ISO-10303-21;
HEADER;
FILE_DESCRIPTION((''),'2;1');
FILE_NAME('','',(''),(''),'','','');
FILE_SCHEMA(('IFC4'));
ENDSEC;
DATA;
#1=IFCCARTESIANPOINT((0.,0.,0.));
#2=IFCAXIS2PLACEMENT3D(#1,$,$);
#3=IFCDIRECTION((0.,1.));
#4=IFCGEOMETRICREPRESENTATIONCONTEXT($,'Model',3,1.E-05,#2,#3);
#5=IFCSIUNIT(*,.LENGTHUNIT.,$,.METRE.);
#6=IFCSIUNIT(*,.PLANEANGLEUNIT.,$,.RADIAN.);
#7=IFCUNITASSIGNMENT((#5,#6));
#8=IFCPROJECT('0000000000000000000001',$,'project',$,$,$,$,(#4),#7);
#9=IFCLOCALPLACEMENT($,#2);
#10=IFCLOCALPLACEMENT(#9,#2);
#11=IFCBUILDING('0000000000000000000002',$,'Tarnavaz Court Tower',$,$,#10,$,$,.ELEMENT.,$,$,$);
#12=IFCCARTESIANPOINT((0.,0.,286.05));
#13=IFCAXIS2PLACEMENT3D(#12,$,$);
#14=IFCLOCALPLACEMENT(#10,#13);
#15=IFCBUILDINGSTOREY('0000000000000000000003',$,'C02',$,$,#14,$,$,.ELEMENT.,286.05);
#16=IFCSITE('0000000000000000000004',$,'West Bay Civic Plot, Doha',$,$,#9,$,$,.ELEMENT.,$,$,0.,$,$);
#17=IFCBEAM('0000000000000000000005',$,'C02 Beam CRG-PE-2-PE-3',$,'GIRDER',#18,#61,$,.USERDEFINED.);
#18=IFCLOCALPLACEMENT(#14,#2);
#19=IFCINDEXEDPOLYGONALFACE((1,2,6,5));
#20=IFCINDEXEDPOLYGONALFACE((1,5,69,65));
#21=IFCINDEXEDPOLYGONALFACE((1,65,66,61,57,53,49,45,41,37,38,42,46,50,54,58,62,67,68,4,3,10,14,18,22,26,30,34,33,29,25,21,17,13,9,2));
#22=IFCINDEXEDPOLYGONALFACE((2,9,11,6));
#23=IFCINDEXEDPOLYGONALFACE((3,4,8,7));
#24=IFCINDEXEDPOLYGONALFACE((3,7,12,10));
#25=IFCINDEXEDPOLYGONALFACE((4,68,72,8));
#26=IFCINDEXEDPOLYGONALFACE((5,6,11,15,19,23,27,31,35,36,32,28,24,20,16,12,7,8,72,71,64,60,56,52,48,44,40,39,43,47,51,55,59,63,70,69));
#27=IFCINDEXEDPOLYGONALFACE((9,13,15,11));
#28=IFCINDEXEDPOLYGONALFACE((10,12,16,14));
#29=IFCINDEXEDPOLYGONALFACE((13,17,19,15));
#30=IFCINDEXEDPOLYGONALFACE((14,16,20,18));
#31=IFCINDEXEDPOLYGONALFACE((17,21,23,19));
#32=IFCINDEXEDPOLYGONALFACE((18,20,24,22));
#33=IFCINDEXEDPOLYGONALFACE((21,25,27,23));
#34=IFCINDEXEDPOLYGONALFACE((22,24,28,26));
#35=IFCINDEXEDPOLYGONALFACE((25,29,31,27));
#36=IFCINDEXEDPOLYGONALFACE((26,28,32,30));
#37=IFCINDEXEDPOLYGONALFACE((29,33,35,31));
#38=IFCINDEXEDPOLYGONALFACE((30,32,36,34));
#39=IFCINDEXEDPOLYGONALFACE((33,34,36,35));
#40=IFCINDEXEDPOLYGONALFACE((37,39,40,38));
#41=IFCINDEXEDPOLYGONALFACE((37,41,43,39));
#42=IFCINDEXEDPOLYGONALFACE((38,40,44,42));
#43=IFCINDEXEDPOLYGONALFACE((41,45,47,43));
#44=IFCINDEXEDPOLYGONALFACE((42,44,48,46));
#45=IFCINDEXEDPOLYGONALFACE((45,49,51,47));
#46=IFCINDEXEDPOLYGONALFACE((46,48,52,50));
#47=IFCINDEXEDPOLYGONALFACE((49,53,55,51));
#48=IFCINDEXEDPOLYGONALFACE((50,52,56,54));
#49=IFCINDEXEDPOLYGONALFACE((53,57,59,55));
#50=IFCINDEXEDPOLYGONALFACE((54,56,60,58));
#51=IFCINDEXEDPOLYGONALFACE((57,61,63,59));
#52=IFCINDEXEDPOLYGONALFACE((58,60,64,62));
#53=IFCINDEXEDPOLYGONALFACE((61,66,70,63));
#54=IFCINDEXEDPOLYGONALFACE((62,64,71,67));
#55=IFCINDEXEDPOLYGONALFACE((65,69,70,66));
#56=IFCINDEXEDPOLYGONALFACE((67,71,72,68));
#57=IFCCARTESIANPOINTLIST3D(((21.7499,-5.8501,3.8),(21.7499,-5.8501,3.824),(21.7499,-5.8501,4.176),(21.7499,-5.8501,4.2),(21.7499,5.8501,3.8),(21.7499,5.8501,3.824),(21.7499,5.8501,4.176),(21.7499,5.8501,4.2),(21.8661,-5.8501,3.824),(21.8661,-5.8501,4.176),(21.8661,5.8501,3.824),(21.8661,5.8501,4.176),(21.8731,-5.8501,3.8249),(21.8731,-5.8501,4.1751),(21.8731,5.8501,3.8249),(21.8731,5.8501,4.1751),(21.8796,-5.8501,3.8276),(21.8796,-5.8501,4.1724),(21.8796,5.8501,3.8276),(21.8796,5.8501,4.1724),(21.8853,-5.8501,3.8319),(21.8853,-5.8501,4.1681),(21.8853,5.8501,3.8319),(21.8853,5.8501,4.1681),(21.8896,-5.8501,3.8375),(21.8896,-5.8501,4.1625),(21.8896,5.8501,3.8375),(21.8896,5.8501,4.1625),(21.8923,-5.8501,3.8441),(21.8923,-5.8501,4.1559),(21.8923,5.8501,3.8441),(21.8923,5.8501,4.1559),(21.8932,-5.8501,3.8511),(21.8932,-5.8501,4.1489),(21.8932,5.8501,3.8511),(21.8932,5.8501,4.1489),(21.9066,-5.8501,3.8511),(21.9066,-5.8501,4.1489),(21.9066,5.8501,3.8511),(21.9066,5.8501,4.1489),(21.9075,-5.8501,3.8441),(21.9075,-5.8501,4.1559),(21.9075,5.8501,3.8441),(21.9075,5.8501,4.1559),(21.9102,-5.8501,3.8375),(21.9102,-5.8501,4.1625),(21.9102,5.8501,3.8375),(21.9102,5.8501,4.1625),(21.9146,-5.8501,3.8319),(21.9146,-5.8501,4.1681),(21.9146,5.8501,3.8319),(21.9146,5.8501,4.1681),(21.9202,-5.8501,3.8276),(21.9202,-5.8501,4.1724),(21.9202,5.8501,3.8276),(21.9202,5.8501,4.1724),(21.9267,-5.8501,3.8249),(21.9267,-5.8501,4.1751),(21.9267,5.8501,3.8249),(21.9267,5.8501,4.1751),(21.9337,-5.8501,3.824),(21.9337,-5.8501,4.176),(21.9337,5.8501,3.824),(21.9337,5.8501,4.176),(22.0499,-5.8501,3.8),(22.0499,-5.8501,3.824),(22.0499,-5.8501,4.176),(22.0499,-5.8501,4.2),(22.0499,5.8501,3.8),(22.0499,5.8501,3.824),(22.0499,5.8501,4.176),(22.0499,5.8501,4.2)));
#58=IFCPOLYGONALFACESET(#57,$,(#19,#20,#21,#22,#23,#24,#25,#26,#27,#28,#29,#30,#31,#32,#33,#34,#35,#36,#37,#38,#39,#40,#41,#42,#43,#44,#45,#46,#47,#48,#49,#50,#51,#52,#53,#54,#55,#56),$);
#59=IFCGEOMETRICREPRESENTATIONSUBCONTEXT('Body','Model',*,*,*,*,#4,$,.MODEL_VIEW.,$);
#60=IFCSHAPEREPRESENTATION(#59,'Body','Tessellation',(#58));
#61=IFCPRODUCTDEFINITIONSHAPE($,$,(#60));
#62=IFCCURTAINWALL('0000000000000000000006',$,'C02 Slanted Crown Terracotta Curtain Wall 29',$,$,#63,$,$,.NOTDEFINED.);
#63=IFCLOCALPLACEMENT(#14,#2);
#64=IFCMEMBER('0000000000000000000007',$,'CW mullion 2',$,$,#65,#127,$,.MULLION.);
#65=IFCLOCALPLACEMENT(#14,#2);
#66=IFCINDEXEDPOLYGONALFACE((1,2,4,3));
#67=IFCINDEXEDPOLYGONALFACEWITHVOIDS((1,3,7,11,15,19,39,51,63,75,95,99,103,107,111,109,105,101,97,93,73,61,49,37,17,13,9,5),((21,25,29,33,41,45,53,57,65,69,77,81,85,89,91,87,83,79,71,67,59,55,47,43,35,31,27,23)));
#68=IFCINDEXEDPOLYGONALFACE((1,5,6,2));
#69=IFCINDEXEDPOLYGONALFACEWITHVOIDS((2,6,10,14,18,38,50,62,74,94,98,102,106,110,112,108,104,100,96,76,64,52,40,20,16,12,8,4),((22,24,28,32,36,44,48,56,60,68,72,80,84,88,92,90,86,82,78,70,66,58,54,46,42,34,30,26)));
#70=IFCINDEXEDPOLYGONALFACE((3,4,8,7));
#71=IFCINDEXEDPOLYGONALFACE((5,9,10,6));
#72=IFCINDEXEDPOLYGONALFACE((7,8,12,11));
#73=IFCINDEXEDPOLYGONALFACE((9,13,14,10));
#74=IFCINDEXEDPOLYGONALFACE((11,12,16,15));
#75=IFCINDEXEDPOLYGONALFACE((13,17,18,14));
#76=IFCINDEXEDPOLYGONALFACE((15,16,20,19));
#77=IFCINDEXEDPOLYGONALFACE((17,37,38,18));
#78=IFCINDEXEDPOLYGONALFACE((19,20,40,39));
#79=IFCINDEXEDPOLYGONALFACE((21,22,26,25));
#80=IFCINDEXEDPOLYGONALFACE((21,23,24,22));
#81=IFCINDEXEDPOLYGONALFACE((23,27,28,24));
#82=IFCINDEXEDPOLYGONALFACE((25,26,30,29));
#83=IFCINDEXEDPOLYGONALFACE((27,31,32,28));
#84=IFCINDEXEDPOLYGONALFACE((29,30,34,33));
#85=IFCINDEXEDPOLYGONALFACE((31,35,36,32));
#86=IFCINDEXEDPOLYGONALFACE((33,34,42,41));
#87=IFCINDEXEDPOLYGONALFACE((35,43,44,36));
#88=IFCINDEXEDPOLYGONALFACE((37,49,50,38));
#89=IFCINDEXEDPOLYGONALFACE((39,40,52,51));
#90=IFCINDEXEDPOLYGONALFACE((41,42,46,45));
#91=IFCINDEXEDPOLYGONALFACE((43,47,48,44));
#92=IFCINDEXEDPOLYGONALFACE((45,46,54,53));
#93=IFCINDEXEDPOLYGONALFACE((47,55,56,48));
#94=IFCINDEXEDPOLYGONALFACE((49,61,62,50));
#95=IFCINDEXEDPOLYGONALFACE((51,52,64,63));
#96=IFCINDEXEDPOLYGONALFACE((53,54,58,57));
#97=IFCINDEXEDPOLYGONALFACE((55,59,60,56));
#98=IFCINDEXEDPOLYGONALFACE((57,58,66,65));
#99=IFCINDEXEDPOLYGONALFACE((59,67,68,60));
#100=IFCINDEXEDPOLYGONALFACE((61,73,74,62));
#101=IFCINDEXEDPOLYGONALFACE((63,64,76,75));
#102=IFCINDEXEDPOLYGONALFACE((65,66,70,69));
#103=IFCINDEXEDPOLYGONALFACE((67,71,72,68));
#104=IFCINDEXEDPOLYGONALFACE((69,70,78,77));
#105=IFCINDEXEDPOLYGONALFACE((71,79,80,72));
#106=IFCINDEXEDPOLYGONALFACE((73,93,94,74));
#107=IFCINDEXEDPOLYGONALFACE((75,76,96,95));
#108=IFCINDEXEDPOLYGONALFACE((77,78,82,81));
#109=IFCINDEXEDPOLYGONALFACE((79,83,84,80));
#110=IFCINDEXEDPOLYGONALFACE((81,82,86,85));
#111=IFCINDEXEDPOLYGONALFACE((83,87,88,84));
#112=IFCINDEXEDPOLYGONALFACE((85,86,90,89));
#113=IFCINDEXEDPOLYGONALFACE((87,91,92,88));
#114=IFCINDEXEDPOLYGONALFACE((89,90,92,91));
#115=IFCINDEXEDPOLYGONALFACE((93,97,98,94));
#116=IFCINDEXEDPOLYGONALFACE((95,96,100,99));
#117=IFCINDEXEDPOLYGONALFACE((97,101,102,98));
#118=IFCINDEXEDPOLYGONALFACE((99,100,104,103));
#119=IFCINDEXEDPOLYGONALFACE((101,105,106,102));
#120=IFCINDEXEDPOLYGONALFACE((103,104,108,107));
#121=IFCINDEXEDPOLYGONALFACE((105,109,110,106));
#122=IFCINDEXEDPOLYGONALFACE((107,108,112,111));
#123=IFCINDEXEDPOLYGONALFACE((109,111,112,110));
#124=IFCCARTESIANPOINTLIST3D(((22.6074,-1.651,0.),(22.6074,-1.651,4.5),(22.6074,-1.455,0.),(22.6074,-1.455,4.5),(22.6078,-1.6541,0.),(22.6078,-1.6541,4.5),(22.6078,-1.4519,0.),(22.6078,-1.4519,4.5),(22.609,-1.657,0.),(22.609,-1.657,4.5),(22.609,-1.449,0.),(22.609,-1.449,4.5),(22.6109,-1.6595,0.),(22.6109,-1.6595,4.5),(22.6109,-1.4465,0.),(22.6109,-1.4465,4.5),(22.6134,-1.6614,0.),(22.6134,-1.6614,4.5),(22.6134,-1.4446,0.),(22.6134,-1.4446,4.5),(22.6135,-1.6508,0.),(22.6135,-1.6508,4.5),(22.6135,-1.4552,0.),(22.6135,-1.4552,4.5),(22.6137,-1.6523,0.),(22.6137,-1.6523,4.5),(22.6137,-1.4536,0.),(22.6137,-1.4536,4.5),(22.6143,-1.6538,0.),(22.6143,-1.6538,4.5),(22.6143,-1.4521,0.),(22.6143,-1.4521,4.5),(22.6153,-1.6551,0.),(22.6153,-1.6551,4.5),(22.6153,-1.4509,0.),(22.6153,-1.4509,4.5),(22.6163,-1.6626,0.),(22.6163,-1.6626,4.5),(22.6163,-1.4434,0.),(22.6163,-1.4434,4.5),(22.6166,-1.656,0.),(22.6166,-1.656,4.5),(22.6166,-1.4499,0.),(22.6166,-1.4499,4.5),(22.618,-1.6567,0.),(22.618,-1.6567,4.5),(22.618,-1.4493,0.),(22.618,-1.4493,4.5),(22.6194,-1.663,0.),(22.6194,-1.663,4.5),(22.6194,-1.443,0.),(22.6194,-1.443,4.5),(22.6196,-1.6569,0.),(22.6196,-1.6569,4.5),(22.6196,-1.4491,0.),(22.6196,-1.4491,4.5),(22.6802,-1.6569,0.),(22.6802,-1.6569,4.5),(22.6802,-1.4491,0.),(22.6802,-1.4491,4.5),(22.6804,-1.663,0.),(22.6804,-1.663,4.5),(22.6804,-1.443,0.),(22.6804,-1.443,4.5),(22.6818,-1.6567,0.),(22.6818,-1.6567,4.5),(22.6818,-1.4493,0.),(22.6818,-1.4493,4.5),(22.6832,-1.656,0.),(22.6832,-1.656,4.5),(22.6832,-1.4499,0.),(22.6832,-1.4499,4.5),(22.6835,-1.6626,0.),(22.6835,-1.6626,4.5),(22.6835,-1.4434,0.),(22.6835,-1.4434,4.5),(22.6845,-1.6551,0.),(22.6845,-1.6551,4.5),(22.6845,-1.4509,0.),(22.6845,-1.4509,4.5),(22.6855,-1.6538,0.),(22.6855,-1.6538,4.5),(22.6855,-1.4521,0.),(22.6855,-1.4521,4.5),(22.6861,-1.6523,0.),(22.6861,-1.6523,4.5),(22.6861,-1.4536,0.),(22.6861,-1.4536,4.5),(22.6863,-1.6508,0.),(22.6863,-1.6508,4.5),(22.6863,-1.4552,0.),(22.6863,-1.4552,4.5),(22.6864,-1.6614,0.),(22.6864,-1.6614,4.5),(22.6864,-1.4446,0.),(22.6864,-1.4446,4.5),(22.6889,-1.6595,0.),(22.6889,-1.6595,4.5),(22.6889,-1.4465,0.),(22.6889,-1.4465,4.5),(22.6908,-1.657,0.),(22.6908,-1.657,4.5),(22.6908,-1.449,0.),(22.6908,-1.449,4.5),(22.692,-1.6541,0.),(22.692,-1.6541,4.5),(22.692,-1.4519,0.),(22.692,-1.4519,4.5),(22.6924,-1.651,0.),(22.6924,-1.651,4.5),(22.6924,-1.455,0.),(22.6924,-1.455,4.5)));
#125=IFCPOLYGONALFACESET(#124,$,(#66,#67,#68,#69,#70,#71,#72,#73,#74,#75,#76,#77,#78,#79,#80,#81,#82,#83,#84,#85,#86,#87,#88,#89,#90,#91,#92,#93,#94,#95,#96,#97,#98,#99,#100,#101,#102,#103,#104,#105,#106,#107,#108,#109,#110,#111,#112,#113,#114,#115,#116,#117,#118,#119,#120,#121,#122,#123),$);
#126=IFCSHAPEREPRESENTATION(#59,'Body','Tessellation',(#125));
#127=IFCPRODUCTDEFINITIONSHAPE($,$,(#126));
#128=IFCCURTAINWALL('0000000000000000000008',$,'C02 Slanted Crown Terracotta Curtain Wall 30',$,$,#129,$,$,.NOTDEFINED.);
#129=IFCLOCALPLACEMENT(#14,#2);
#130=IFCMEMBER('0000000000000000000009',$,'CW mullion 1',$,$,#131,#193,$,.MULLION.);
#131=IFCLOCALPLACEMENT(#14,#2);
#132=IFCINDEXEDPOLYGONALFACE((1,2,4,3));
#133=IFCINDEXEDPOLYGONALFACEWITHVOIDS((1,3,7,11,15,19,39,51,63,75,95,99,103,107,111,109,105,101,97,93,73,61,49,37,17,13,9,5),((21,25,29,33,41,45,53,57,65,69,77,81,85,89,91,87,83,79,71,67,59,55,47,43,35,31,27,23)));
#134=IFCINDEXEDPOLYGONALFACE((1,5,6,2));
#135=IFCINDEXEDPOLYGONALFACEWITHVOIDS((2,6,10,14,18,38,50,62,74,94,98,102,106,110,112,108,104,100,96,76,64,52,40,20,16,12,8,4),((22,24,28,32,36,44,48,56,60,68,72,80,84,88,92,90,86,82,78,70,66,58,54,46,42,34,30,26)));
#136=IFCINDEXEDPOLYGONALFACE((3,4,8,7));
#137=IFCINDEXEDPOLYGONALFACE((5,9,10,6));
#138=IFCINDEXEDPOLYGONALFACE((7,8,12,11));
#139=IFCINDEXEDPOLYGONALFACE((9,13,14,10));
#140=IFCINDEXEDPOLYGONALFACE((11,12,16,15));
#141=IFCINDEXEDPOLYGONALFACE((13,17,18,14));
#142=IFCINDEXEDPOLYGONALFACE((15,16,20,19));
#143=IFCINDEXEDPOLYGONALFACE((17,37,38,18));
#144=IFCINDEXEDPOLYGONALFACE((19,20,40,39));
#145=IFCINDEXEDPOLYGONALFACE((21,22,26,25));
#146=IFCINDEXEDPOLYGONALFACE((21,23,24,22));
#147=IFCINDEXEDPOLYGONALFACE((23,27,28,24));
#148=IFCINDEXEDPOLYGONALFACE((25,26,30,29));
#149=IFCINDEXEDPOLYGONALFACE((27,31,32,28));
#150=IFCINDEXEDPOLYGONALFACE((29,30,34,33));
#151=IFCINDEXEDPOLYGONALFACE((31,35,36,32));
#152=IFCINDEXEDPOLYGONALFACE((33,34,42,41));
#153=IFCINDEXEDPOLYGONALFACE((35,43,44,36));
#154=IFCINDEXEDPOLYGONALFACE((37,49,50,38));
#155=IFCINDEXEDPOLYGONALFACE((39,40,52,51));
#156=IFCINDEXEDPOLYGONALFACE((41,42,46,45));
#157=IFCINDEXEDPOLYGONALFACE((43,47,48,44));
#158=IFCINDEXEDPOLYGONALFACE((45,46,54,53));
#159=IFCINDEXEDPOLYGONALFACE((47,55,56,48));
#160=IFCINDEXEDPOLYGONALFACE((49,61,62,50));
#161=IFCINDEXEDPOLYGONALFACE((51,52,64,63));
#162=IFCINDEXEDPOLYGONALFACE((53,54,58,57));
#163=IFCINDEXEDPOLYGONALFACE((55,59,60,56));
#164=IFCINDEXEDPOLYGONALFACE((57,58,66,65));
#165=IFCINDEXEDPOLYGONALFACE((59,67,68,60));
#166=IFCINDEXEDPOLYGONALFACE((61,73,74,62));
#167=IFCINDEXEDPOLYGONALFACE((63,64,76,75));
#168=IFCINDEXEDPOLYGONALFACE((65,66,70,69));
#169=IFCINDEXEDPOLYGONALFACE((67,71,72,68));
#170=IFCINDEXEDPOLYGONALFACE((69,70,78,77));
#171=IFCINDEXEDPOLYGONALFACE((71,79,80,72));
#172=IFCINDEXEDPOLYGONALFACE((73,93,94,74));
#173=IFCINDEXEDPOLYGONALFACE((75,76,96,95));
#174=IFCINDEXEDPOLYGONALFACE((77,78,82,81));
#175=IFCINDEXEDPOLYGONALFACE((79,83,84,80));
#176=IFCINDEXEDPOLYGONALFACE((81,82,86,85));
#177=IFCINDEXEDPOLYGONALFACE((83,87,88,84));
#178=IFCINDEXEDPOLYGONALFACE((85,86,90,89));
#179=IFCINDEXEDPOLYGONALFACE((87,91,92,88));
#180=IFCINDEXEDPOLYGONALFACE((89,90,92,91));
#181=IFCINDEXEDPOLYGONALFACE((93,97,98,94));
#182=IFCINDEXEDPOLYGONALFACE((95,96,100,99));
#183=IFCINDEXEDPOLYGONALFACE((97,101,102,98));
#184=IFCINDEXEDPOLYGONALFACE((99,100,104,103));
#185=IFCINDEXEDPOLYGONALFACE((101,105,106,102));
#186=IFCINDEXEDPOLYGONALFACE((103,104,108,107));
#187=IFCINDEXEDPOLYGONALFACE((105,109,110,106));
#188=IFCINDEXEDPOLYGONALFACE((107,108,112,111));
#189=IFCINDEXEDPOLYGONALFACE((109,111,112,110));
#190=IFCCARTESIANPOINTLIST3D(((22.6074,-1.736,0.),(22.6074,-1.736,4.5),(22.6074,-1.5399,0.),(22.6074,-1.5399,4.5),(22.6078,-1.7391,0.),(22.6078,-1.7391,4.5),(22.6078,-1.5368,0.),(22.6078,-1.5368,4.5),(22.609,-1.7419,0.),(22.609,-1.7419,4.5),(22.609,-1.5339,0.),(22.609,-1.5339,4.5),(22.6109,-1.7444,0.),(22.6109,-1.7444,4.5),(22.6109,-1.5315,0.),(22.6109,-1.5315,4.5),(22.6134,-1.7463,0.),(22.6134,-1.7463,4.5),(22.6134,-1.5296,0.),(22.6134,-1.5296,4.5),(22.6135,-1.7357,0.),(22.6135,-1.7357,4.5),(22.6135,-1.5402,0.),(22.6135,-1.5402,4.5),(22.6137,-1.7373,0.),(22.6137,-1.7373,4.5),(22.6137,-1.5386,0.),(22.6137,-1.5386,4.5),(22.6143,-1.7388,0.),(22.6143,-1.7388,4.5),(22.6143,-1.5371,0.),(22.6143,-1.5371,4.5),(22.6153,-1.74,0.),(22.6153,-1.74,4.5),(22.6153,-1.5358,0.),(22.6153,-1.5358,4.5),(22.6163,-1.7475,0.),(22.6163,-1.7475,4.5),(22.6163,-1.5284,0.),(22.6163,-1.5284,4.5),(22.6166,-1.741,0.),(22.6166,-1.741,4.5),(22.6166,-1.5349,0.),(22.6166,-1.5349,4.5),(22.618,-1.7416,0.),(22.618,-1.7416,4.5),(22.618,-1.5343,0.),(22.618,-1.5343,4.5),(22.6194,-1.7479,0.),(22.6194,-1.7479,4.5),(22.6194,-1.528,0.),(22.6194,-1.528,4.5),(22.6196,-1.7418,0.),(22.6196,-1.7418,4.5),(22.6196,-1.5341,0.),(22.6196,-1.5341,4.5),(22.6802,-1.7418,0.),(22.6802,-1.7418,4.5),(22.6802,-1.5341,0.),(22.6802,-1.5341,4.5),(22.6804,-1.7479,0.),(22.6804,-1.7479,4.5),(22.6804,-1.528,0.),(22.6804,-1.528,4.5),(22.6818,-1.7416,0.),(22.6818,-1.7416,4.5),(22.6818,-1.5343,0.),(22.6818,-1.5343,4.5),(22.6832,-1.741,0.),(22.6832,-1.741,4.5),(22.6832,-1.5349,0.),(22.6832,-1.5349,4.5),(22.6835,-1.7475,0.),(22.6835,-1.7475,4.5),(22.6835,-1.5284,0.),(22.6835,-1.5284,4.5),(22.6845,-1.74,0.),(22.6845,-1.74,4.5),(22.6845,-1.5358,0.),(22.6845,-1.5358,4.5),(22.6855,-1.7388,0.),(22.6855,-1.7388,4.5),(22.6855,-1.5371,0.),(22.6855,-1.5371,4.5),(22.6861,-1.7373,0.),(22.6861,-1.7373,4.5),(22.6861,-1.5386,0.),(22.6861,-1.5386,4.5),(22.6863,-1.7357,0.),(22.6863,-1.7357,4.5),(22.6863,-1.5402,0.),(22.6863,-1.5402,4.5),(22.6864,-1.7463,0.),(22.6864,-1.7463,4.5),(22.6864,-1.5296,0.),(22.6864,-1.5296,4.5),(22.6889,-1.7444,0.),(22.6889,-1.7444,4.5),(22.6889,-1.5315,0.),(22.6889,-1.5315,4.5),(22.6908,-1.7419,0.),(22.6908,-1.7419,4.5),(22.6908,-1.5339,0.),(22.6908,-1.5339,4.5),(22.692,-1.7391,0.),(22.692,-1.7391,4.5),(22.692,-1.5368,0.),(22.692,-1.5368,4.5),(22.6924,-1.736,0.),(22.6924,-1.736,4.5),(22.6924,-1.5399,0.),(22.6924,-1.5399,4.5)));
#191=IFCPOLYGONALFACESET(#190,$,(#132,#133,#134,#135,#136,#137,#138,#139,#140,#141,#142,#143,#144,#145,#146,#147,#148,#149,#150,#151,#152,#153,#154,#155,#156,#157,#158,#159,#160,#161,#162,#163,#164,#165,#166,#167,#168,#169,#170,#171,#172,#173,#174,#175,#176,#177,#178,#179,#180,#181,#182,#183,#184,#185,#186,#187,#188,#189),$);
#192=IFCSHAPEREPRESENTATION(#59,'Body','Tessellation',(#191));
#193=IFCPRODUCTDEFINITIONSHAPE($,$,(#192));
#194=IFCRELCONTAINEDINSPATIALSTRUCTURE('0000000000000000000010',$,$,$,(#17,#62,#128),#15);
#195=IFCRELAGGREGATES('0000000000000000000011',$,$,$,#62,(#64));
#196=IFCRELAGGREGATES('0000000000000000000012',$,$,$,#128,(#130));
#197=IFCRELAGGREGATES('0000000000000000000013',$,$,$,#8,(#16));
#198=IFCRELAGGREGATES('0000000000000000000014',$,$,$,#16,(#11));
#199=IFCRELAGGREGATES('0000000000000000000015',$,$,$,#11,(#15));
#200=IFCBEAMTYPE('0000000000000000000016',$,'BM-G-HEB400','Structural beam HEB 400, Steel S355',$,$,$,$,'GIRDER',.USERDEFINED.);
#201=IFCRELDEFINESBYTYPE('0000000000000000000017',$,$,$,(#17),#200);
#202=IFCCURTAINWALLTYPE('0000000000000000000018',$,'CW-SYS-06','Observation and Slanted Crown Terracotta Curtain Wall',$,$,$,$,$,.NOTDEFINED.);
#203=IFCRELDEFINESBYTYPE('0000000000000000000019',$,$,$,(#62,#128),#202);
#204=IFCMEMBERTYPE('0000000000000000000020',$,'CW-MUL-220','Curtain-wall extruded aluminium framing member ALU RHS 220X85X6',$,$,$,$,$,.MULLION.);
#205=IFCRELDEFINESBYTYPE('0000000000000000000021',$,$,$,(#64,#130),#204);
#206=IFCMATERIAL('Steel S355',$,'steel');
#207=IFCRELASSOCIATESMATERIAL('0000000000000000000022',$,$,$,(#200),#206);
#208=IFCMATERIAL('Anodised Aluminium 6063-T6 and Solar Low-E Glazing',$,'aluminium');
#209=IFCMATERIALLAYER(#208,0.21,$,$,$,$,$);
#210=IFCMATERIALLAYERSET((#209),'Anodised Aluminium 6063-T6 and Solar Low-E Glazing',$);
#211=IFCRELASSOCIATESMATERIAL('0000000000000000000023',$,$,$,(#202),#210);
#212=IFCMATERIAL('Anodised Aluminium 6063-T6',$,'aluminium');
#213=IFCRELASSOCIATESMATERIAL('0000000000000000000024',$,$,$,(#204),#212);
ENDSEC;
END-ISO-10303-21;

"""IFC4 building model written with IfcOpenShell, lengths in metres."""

from ifc_helpers import new_model, si_unit, direction, frame, origin, origin_2d, place, context, subcontext, project, spatial, hollow_rectangle, i_section, extrude, material, layer, layer_set, material_profile, profile_set, type_object, element, aggregate, save


model = new_model("IFC4")

# Units and contexts
model_context = context("Model", 3, precision=1e-05, world=origin(), true_north=direction((0.0, 1.0)))
body_context = subcontext(model_context, "Body", "Model", "MODEL_VIEW")
ifc_project = project(units=[si_unit("LENGTHUNIT", "METRE"), si_unit("PLANEANGLEUNIT", "RADIAN")], contexts=[model_context])

# Site, building, storey
site_placement = place(None, origin())
site = spatial("IfcSite", under=ifc_project, at=site_placement, Name="West Bay Civic Plot, Doha", CompositionType="ELEMENT", RefElevation=0.0)
building_placement = place(site_placement, origin())
building = spatial("IfcBuilding", under=site, at=building_placement, Name="Tarnavaz Court Tower", CompositionType="ELEMENT")
storey_placement = place(building_placement, frame((0.0, 0.0, 286.05)))
storey = spatial("IfcBuildingStorey", under=building, at=storey_placement, Name="C02", CompositionType="ELEMENT", Elevation=286.05)

# Shared definitions
ifc_material_1 = material(Name="Steel S355", Category="steel")

# Beam
ifc_material_profile_1 = material_profile(ifc_material_1, i_section(OverallWidth=0.3, OverallDepth=0.3999, WebThickness=0.0134, FlangeThickness=0.0239, FilletRadius=0.0271, at=origin_2d()), Name="HEB 400")
ifc_profile_set_1 = profile_set([ifc_material_profile_1], Name="Steel S355")
beam_type = type_object("IfcBeamType", Name="BM-G-HEB400", Description="Structural beam HEB 400, Steel S355", ElementType="GIRDER", PredefinedType="USERDEFINED", material=ifc_profile_set_1)
beam_1_placement = place(storey_placement, frame((21.8999, -5.8501, 4.0), z_axis=(0.0, 1.0, 0.0), x_axis=(-1.0, 0.0, 0.0)))
element("IfcBeam", 1, at=beam_1_placement, inside=storey, type_object=beam_type, Name="C02 Beam CRG-PE-2-PE-3", ObjectType="GIRDER", PredefinedType="USERDEFINED", context=body_context, shape_type="SweptSolid", body=[
    extrude(i_section(OverallWidth=0.3, OverallDepth=0.3999, WebThickness=0.0134, FlangeThickness=0.0239, FilletRadius=0.0271, at=origin_2d()), origin(), (0.0, 0.0, 1.0), 11.7002),
])

# Curtain wall, member
ifc_material_2 = material(Name="Anodised Aluminium 6063-T6 and Solar Low-E Glazing", Category="aluminium")
ifc_layer_1 = layer(ifc_material_2, 0.21)
ifc_layer_set_1 = layer_set([ifc_layer_1], Name="Anodised Aluminium 6063-T6 and Solar Low-E Glazing")
curtain_wall_type = type_object("IfcCurtainWallType", Name="CW-SYS-06", Description="Observation and Slanted Crown Terracotta Curtain Wall", PredefinedType="NOTDEFINED", material=ifc_layer_set_1)
curtain_wall_1_placement = place(storey_placement, origin())
curtain_wall_1 = element("IfcCurtainWall", 2, at=curtain_wall_1_placement, inside=storey, type_object=curtain_wall_type, Name="C02 Slanted Crown Terracotta Curtain Wall 29", PredefinedType="NOTDEFINED")
ifc_material_3 = material(Name="Anodised Aluminium 6063-T6", Category="aluminium")
ifc_material_profile_2 = material_profile(ifc_material_3, hollow_rectangle(XDim=0.085, YDim=0.22, WallThickness=0.0061, InnerFilletRadius=0.0061, OuterFilletRadius=0.012, at=origin_2d()), Name="ALU RHS 220X85X6")
ifc_profile_set_2 = profile_set([ifc_material_profile_2], Name="Anodised Aluminium 6063-T6")
member_type_1 = type_object("IfcMemberType", Name="CW-MUL-220", Description="Curtain-wall extruded aluminium framing member ALU RHS 220X85X6", PredefinedType="MULLION", material=ifc_profile_set_2)
member_1_placement = place(storey_placement, frame((22.6499, -1.553, 0.0), z_axis=(0.0, 0.0, 1.0), x_axis=(1.0, 0.0, 0.0)))
member_1 = element("IfcMember", 3, at=member_1_placement, type_object=member_type_1, Name="CW mullion 2", PredefinedType="MULLION", context=body_context, shape_type="SweptSolid", body=[
    extrude(hollow_rectangle(XDim=0.085, YDim=0.22, WallThickness=0.0061, InnerFilletRadius=0.0061, OuterFilletRadius=0.012, at=origin_2d()), origin(), (0.0, 0.0, 1.0), 4.5),
])
aggregate(curtain_wall_1, [member_1])

# Curtain wall, member
curtain_wall_2_placement = place(storey_placement, origin())
curtain_wall_2 = element("IfcCurtainWall", 4, at=curtain_wall_2_placement, inside=storey, type_object=curtain_wall_type, Name="C02 Slanted Crown Terracotta Curtain Wall 30", PredefinedType="NOTDEFINED")
member_2_placement = place(storey_placement, frame((22.6499, -1.6379, 0.0), z_axis=(0.0, 0.0, 1.0), x_axis=(1.0, 0.0, 0.0)))
member_2 = element("IfcMember", 5, at=member_2_placement, type_object=member_type_1, Name="CW mullion 1", PredefinedType="MULLION", context=body_context, shape_type="SweptSolid", body=[
    extrude(hollow_rectangle(XDim=0.085, YDim=0.22, WallThickness=0.0061, InnerFilletRadius=0.0061, OuterFilletRadius=0.012, at=origin_2d()), origin(), (0.0, 0.0, 1.0), 4.5),
])

aggregate(curtain_wall_2, [member_2])

save(model, "model.ifc")
